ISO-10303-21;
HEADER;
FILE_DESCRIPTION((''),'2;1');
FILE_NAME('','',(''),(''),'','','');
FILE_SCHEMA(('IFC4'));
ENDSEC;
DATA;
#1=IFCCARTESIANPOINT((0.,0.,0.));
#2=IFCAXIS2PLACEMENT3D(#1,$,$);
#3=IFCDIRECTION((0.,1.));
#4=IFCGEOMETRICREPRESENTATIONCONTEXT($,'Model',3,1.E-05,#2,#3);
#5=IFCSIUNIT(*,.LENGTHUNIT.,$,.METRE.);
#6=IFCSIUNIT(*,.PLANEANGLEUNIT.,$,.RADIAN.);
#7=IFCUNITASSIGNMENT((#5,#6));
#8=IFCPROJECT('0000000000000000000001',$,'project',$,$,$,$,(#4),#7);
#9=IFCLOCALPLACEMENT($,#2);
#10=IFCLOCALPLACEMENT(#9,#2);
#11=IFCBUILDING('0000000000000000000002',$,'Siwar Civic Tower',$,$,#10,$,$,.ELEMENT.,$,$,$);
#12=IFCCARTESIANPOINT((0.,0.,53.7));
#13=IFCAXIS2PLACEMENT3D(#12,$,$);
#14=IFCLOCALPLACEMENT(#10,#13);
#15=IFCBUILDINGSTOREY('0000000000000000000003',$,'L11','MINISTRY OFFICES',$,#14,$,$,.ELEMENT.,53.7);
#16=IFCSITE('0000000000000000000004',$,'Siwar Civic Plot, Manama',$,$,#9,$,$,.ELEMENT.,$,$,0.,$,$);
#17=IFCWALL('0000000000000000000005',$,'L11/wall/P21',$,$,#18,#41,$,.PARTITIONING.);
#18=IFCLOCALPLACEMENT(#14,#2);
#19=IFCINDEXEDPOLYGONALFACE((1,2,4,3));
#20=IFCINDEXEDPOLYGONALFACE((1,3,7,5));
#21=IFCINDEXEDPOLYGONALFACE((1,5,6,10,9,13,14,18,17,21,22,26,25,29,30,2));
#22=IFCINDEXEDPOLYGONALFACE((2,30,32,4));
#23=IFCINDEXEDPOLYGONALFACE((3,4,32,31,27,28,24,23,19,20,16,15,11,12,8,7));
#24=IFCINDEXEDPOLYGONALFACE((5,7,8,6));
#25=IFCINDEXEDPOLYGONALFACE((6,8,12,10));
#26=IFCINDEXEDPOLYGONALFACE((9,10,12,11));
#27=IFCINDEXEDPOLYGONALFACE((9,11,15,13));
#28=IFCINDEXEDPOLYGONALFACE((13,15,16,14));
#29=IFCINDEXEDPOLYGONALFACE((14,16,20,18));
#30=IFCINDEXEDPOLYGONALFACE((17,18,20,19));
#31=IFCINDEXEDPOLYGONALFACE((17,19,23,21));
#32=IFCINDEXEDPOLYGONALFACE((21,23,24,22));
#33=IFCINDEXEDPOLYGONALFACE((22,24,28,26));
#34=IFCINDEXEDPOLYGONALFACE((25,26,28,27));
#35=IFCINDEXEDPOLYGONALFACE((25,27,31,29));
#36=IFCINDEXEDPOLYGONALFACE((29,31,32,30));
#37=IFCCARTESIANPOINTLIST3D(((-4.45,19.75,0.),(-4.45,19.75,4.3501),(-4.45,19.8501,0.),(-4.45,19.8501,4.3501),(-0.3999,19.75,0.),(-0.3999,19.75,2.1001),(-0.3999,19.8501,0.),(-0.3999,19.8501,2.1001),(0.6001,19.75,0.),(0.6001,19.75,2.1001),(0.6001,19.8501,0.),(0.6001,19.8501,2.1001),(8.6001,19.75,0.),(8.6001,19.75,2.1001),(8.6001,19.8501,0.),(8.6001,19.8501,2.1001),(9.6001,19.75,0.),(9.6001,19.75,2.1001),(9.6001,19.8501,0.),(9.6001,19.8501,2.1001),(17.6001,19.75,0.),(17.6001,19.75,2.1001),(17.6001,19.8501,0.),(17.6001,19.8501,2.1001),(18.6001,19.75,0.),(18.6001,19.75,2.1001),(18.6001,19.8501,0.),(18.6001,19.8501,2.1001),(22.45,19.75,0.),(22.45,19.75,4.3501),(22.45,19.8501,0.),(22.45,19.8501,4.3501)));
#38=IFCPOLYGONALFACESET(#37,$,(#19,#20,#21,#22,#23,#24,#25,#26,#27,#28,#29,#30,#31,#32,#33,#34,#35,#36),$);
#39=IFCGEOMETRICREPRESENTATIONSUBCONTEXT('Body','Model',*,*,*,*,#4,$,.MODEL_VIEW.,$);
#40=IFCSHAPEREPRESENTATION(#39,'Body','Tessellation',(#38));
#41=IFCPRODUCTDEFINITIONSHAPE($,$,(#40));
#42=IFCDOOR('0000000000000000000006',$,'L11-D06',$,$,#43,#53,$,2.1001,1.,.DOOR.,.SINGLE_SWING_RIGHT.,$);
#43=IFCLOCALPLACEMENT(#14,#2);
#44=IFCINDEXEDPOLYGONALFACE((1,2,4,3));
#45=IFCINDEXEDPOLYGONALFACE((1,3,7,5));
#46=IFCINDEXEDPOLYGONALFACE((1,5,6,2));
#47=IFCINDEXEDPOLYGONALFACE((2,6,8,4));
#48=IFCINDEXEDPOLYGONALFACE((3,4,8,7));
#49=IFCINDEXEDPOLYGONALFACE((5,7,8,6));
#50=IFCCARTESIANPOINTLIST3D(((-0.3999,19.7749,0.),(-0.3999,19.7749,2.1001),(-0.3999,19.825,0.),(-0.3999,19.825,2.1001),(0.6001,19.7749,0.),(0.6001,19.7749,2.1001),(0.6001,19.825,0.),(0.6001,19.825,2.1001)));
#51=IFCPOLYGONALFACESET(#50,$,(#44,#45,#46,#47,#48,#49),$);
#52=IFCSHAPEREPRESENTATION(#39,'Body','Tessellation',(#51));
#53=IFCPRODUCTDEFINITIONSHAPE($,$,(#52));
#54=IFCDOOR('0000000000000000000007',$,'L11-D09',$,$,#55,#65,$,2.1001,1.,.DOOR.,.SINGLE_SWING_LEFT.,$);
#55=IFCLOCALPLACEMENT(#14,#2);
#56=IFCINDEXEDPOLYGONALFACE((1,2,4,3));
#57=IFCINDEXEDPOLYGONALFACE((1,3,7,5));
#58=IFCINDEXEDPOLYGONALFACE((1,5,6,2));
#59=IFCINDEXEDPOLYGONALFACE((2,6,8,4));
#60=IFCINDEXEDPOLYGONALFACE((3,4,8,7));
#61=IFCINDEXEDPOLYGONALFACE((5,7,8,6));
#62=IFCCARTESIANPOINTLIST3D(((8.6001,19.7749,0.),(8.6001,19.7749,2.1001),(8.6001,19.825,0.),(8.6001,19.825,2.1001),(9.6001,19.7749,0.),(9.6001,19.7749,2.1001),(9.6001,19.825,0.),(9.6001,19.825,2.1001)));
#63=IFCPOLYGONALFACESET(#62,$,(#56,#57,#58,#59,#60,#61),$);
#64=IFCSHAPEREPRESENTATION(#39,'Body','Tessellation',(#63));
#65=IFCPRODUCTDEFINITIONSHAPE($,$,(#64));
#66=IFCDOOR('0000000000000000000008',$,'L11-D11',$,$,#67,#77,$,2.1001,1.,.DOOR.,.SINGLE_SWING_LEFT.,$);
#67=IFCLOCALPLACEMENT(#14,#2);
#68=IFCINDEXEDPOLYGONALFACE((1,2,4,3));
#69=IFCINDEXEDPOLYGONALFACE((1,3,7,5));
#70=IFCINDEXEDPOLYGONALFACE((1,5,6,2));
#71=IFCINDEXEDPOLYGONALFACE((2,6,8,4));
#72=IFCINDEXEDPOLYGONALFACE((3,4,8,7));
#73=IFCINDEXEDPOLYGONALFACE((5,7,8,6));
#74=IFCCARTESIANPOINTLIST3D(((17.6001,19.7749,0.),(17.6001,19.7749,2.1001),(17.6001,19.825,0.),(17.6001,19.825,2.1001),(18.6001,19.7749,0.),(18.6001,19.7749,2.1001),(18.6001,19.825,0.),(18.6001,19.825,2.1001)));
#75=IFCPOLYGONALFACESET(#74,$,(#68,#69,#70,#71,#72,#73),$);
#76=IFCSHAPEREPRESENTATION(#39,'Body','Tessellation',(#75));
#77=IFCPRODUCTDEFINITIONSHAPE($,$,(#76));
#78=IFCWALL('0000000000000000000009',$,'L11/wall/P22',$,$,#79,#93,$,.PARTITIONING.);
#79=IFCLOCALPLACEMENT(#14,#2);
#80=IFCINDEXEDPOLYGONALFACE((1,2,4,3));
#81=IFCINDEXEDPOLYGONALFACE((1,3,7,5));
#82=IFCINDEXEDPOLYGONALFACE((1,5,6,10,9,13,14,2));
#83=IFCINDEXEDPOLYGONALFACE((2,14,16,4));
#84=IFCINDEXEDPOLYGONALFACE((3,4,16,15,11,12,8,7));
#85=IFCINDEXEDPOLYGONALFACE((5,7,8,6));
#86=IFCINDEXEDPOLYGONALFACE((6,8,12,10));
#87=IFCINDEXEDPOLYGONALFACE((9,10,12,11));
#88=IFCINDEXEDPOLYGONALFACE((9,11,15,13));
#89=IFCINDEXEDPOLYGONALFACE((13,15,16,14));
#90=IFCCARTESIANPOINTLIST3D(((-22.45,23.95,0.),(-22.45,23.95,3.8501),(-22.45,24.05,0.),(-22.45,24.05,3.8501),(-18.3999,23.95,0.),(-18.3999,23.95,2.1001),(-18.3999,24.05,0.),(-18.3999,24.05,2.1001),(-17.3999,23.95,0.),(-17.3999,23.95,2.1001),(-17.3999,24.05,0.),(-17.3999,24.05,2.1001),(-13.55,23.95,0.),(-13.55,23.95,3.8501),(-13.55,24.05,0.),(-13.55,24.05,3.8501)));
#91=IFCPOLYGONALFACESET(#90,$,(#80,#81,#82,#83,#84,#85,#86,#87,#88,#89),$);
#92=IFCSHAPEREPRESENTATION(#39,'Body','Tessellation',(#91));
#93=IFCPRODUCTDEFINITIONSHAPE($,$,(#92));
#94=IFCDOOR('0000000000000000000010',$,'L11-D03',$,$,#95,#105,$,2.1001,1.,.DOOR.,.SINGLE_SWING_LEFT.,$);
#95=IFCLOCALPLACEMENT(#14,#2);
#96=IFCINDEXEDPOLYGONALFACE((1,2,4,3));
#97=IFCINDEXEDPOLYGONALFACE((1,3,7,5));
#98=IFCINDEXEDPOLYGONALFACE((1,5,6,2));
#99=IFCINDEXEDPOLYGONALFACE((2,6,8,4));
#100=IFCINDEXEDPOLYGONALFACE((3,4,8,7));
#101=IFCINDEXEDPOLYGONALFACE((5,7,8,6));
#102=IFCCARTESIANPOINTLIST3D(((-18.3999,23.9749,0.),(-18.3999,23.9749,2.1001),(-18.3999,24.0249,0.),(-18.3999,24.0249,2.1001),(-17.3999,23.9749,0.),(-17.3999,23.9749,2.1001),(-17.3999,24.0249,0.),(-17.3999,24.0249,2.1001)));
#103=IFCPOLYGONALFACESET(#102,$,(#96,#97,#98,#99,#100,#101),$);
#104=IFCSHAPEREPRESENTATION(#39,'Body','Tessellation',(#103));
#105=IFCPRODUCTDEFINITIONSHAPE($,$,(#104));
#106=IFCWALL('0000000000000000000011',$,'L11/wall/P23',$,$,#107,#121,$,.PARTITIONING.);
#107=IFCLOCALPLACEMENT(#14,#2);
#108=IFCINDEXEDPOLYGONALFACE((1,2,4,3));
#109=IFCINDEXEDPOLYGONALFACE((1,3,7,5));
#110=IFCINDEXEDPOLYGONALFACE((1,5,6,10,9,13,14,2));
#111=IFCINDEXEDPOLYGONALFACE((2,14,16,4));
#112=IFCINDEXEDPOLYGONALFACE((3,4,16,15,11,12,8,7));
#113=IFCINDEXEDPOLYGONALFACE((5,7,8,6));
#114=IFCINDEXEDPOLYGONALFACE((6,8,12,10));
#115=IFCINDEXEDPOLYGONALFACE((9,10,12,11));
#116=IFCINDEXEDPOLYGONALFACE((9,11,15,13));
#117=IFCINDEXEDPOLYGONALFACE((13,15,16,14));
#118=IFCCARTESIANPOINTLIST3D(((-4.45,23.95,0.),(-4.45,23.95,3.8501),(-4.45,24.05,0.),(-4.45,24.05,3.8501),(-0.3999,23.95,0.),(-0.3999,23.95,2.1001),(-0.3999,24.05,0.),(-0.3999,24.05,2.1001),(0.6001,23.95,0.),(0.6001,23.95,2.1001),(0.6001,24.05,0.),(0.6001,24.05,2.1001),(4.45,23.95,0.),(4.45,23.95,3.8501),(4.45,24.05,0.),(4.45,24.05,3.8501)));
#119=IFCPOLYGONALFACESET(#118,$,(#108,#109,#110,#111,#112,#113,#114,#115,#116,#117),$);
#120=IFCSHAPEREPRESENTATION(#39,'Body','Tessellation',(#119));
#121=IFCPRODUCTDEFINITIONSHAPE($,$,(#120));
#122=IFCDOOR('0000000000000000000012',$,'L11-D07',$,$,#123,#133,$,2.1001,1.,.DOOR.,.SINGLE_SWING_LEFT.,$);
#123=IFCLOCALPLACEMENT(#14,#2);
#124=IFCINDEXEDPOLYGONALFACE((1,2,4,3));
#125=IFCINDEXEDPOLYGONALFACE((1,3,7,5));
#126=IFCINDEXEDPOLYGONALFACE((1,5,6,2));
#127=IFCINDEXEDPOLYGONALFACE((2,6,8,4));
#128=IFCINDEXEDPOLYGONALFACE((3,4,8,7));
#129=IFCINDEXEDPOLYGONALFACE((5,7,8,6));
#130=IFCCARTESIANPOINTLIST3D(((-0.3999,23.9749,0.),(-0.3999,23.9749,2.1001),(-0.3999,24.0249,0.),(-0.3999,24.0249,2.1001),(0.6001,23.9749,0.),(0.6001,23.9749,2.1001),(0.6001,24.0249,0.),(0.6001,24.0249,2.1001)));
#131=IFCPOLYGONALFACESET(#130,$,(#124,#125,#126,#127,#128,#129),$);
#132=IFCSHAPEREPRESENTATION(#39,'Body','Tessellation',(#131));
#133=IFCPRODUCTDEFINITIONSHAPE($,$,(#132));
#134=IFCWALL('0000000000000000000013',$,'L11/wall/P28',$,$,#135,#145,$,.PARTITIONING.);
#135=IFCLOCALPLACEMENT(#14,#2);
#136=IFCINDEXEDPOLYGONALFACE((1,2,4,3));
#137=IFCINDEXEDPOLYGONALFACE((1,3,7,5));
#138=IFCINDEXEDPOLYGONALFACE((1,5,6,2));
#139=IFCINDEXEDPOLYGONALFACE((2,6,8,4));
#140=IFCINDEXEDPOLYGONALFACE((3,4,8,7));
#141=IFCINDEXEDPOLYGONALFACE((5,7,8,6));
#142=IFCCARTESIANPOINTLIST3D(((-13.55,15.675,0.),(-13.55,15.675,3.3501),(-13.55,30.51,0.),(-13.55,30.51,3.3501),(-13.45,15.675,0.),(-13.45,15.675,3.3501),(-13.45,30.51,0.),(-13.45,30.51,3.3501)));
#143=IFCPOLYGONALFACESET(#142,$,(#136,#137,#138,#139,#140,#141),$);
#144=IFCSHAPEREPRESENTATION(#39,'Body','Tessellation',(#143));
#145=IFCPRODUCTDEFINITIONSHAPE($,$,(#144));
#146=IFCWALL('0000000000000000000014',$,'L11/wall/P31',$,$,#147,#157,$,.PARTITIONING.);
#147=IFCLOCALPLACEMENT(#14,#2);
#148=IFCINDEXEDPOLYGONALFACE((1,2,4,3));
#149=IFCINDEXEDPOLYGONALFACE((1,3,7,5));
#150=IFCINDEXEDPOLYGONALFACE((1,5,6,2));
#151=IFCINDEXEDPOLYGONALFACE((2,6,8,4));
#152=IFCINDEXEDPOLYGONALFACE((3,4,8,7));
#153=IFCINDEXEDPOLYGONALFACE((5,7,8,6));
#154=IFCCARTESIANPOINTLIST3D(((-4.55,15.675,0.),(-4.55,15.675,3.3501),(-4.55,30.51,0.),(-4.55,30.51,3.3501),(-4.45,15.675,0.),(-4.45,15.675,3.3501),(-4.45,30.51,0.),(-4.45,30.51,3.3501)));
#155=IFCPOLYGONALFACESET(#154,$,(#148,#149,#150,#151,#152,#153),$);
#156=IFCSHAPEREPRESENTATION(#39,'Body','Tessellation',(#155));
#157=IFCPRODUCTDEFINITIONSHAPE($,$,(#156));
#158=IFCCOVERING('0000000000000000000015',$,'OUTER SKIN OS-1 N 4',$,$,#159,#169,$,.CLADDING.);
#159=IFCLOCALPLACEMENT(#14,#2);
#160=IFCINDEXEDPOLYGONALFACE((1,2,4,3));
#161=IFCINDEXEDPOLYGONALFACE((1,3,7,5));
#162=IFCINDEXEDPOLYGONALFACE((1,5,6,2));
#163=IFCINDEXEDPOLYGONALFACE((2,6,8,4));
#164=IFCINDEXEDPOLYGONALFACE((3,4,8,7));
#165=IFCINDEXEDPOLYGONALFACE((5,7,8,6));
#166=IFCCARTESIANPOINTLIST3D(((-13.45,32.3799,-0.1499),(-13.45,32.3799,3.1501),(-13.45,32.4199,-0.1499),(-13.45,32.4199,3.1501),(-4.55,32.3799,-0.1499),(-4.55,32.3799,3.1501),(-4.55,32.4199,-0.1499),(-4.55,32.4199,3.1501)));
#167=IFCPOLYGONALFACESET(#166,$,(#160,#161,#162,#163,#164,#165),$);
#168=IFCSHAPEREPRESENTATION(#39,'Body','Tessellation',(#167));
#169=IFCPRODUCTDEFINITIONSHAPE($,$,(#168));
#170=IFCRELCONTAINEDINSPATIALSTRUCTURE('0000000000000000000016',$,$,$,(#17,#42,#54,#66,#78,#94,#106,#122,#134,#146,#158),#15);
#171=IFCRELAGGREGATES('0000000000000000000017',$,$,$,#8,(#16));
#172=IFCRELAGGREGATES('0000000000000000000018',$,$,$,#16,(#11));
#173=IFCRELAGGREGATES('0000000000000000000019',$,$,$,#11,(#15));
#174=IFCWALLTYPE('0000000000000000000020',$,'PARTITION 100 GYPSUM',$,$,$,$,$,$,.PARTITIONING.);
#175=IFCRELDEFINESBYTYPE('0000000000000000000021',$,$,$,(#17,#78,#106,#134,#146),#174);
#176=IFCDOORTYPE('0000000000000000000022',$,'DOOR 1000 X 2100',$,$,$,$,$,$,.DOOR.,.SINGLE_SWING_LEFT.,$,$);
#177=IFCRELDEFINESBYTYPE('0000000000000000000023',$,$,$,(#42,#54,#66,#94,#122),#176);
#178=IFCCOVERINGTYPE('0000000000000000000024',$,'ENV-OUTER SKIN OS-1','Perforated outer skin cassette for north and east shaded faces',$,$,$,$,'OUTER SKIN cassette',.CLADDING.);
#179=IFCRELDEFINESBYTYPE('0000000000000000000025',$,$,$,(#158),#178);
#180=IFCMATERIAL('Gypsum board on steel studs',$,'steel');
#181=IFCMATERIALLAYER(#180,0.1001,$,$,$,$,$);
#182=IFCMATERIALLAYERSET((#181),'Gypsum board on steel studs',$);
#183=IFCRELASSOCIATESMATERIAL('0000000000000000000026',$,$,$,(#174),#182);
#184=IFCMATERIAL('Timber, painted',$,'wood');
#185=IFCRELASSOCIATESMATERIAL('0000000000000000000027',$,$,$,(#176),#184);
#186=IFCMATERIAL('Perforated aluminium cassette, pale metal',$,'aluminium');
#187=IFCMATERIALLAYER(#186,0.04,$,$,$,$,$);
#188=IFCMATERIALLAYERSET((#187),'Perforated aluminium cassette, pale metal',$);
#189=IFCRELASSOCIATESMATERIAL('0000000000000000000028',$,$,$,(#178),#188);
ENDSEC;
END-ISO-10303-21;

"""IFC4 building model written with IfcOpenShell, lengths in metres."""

from ifc_helpers import new_model, si_unit, direction, frame, frame_2d, origin, origin_2d, place, context, subcontext, project, spatial, rectangle, extrude, material, layer, layer_set, type_object, element, fill, save


model = new_model("IFC4")

# Units and contexts
model_context = context("Model", 3, precision=1e-05, world=origin(), true_north=direction((0.0, 1.0)))
body_context = subcontext(model_context, "Body", "Model", "MODEL_VIEW")
ifc_project = project(units=[si_unit("LENGTHUNIT", "METRE"), si_unit("PLANEANGLEUNIT", "RADIAN")], contexts=[model_context])

# Site, building, storey
site_placement = place(None, origin())
site = spatial("IfcSite", under=ifc_project, at=site_placement, Name="Siwar Civic Plot, Manama", CompositionType="ELEMENT", RefElevation=0.0)
building_placement = place(site_placement, origin())
building = spatial("IfcBuilding", under=site, at=building_placement, Name="Siwar Civic Tower", CompositionType="ELEMENT")
storey_placement = place(building_placement, frame((0.0, 0.0, 53.7)))
storey = spatial("IfcBuildingStorey", under=building, at=storey_placement, Name="L11", Description="MINISTRY OFFICES", CompositionType="ELEMENT", Elevation=53.7)

# Wall, openings, doors
ifc_material_1 = material(Name="Gypsum board on steel studs", Category="steel")
ifc_layer_1 = layer(ifc_material_1, 0.1001)
ifc_layer_set_1 = layer_set([ifc_layer_1], Name="Gypsum board on steel studs")
wall_type = type_object("IfcWallType", Name="PARTITION 100 GYPSUM", PredefinedType="PARTITIONING", material=ifc_layer_set_1)
wall_1_placement = place(storey_placement, frame((-4.45, 19.8, 0.0), z_axis=(0.0, 0.0, 1.0), x_axis=(1.0, 0.0, 0.0)))
wall_1 = element("IfcWall", 1, at=wall_1_placement, inside=storey, type_object=wall_type, Name="L11/wall/P21", PredefinedType="PARTITIONING", context=body_context, shape_type="SweptSolid", body=[
    extrude(rectangle(XDim=26.8999, YDim=0.1001, at=frame_2d((13.45, 0.0))), origin(), (0.0, 0.0, 1.0), 4.3501),
])
opening_1_placement = place(wall_1_placement, frame((4.05, 0.0, 0.0)))
opening_1 = element("IfcOpeningElement", 2, at=opening_1_placement, cuts=wall_1, PredefinedType="OPENING", context=body_context, shape_type="SweptSolid", body=[
    extrude(rectangle(XDim=1.0, YDim=2.1001, at=frame_2d((0.5, 1.05))), frame((0.0, 0.0601, 0.0), z_axis=(0.0, -1.0, 0.0), x_axis=(1.0, 0.0, 0.0)), (0.0, 0.0, 1.0), 0.1201),
])
opening_2_placement = place(wall_1_placement, frame((13.05, 0.0, 0.0)))
opening_2 = element("IfcOpeningElement", 3, at=opening_2_placement, cuts=wall_1, PredefinedType="OPENING", context=body_context, shape_type="SweptSolid", body=[
    extrude(rectangle(XDim=1.0, YDim=2.1001, at=frame_2d((0.5, 1.05))), frame((0.0, 0.0601, 0.0), z_axis=(0.0, -1.0, 0.0), x_axis=(1.0, 0.0, 0.0)), (0.0, 0.0, 1.0), 0.1201),
])
opening_3_placement = place(wall_1_placement, frame((22.05, 0.0, 0.0)))
opening_3 = element("IfcOpeningElement", 4, at=opening_3_placement, cuts=wall_1, PredefinedType="OPENING", context=body_context, shape_type="SweptSolid", body=[
    extrude(rectangle(XDim=1.0, YDim=2.1001, at=frame_2d((0.5, 1.05))), frame((0.0, 0.0601, 0.0), z_axis=(0.0, -1.0, 0.0), x_axis=(1.0, 0.0, 0.0)), (0.0, 0.0, 1.0), 0.1201),
])
ifc_material_2 = material(Name="Timber, painted", Category="wood")
door_type = type_object("IfcDoorType", Name="DOOR 1000 X 2100", OperationType="SINGLE_SWING_LEFT", PredefinedType="DOOR", material=ifc_material_2)
door_1_placement = place(opening_1_placement, origin())
door_1 = element("IfcDoor", 5, at=door_1_placement, inside=storey, type_object=door_type, Name="L11-D06", OperationType="SINGLE_SWING_RIGHT", OverallHeight=2.1001, OverallWidth=1.0, PredefinedType="DOOR", context=body_context, shape_type="SweptSolid", body=[
    extrude(rectangle(XDim=1.0, YDim=2.1001, at=frame_2d((0.5, 1.05))), frame((0.0, 0.0249, 0.0), z_axis=(0.0, -1.0, 0.0), x_axis=(1.0, 0.0, 0.0)), (0.0, 0.0, 1.0), 0.05),
])
fill(opening_1, door_1)
door_2_placement = place(opening_2_placement, origin())
door_2 = element("IfcDoor", 6, at=door_2_placement, inside=storey, type_object=door_type, Name="L11-D09", OperationType="SINGLE_SWING_LEFT", OverallHeight=2.1001, OverallWidth=1.0, PredefinedType="DOOR", context=body_context, shape_type="SweptSolid", body=[
    extrude(rectangle(XDim=1.0, YDim=2.1001, at=frame_2d((0.5, 1.05))), frame((0.0, 0.0249, 0.0), z_axis=(0.0, -1.0, 0.0), x_axis=(1.0, 0.0, 0.0)), (0.0, 0.0, 1.0), 0.05),
])
fill(opening_2, door_2)
door_3_placement = place(opening_3_placement, origin())
door_3 = element("IfcDoor", 7, at=door_3_placement, inside=storey, type_object=door_type, Name="L11-D11", OperationType="SINGLE_SWING_LEFT", OverallHeight=2.1001, OverallWidth=1.0, PredefinedType="DOOR", context=body_context, shape_type="SweptSolid", body=[
    extrude(rectangle(XDim=1.0, YDim=2.1001, at=frame_2d((0.5, 1.05))), frame((0.0, 0.0249, 0.0), z_axis=(0.0, -1.0, 0.0), x_axis=(1.0, 0.0, 0.0)), (0.0, 0.0, 1.0), 0.05),
])
fill(opening_3, door_3)

# Walls, openings, doors
wall_2_placement = place(storey_placement, frame((-22.45, 24.0, 0.0), z_axis=(0.0, 0.0, 1.0), x_axis=(1.0, 0.0, 0.0)))
wall_2 = element("IfcWall", 8, at=wall_2_placement, inside=storey, type_object=wall_type, Name="L11/wall/P22", PredefinedType="PARTITIONING", context=body_context, shape_type="SweptSolid", body=[
    extrude(rectangle(XDim=8.8999, YDim=0.1001, at=frame_2d((4.45, 0.0))), origin(), (0.0, 0.0, 1.0), 3.8501),
])
opening_4_placement = place(wall_2_placement, frame((4.05, 0.0, 0.0)))
opening_4 = element("IfcOpeningElement", 9, at=opening_4_placement, cuts=wall_2, PredefinedType="OPENING", context=body_context, shape_type="SweptSolid", body=[
    extrude(rectangle(XDim=1.0, YDim=2.1001, at=frame_2d((0.5, 1.05))), frame((0.0, 0.0601, 0.0), z_axis=(0.0, -1.0, 0.0), x_axis=(1.0, 0.0, 0.0)), (0.0, 0.0, 1.0), 0.1201),
])
door_4_placement = place(opening_4_placement, origin())
door_4 = element("IfcDoor", 10, at=door_4_placement, inside=storey, type_object=door_type, Name="L11-D03", OperationType="SINGLE_SWING_LEFT", OverallHeight=2.1001, OverallWidth=1.0, PredefinedType="DOOR", context=body_context, shape_type="SweptSolid", body=[
    extrude(rectangle(XDim=1.0, YDim=2.1001, at=frame_2d((0.5, 1.05))), frame((0.0, 0.0249, 0.0), z_axis=(0.0, -1.0, 0.0), x_axis=(1.0, 0.0, 0.0)), (0.0, 0.0, 1.0), 0.05),
])
fill(opening_4, door_4)
wall_3_placement = place(storey_placement, frame((-4.45, 24.0, 0.0), z_axis=(0.0, 0.0, 1.0), x_axis=(1.0, 0.0, 0.0)))
wall_3 = element("IfcWall", 11, at=wall_3_placement, inside=storey, type_object=wall_type, Name="L11/wall/P23", PredefinedType="PARTITIONING", context=body_context, shape_type="SweptSolid", body=[
    extrude(rectangle(XDim=8.8999, YDim=0.1001, at=frame_2d((4.45, 0.0))), origin(), (0.0, 0.0, 1.0), 3.8501),
])
opening_5_placement = place(wall_3_placement, frame((4.05, 0.0, 0.0)))
opening_5 = element("IfcOpeningElement", 12, at=opening_5_placement, cuts=wall_3, PredefinedType="OPENING", context=body_context, shape_type="SweptSolid", body=[
    extrude(rectangle(XDim=1.0, YDim=2.1001, at=frame_2d((0.5, 1.05))), frame((0.0, 0.0601, 0.0), z_axis=(0.0, -1.0, 0.0), x_axis=(1.0, 0.0, 0.0)), (0.0, 0.0, 1.0), 0.1201),
])
door_5_placement = place(opening_5_placement, origin())
door_5 = element("IfcDoor", 13, at=door_5_placement, inside=storey, type_object=door_type, Name="L11-D07", OperationType="SINGLE_SWING_LEFT", OverallHeight=2.1001, OverallWidth=1.0, PredefinedType="DOOR", context=body_context, shape_type="SweptSolid", body=[
    extrude(rectangle(XDim=1.0, YDim=2.1001, at=frame_2d((0.5, 1.05))), frame((0.0, 0.0249, 0.0), z_axis=(0.0, -1.0, 0.0), x_axis=(1.0, 0.0, 0.0)), (0.0, 0.0, 1.0), 0.05),
])
fill(opening_5, door_5)

# Walls
for number, where, z_axis, x_axis, name in (
    (14, (-13.5, 15.675, 0.0), (0.0, 0.0, 1.0), (0.0, 1.0, 0.0), "L11/wall/P28"),
    (15, (-4.5, 15.675, 0.0), (0.0, 0.0, 1.0), (0.0, 1.0, 0.0), "L11/wall/P31"),
):
    element("IfcWall", number, at=place(storey_placement, frame(where, z_axis=z_axis, x_axis=x_axis)), inside=storey, type_object=wall_type, Name=name, PredefinedType="PARTITIONING", context=body_context, shape_type="SweptSolid", body=[
        extrude(rectangle(XDim=14.835, YDim=0.1001, at=frame_2d((7.4175, 0.0))), origin(), (0.0, 0.0, 1.0), 3.3501),
    ])

# Covering
ifc_material_3 = material(Name="Perforated aluminium cassette, pale metal", Category="aluminium")
ifc_layer_2 = layer(ifc_material_3, 0.04)
ifc_layer_set_2 = layer_set([ifc_layer_2], Name="Perforated aluminium cassette, pale metal")
covering_type = type_object("IfcCoveringType", Name="ENV-OUTER SKIN OS-1", Description="Perforated outer skin cassette for north and east shaded faces", ElementType="OUTER SKIN cassette", PredefinedType="CLADDING", material=ifc_layer_set_2)
covering_1_placement = place(storey_placement, frame((-9.0, 32.3999, -0.1499), z_axis=(0.0, 0.0, 1.0), x_axis=(-1.0, 0.0, 0.0)))
element("IfcCovering", 16, at=covering_1_placement, inside=storey, type_object=covering_type, Name="OUTER SKIN OS-1 N 4", PredefinedType="CLADDING", context=body_context, shape_type="SweptSolid", body=[
    extrude(rectangle(XDim=8.8999, YDim=0.04, at=origin_2d()), origin(), (0.0, 0.0, 1.0), 3.3),
])

save(model, "model.ifc")
